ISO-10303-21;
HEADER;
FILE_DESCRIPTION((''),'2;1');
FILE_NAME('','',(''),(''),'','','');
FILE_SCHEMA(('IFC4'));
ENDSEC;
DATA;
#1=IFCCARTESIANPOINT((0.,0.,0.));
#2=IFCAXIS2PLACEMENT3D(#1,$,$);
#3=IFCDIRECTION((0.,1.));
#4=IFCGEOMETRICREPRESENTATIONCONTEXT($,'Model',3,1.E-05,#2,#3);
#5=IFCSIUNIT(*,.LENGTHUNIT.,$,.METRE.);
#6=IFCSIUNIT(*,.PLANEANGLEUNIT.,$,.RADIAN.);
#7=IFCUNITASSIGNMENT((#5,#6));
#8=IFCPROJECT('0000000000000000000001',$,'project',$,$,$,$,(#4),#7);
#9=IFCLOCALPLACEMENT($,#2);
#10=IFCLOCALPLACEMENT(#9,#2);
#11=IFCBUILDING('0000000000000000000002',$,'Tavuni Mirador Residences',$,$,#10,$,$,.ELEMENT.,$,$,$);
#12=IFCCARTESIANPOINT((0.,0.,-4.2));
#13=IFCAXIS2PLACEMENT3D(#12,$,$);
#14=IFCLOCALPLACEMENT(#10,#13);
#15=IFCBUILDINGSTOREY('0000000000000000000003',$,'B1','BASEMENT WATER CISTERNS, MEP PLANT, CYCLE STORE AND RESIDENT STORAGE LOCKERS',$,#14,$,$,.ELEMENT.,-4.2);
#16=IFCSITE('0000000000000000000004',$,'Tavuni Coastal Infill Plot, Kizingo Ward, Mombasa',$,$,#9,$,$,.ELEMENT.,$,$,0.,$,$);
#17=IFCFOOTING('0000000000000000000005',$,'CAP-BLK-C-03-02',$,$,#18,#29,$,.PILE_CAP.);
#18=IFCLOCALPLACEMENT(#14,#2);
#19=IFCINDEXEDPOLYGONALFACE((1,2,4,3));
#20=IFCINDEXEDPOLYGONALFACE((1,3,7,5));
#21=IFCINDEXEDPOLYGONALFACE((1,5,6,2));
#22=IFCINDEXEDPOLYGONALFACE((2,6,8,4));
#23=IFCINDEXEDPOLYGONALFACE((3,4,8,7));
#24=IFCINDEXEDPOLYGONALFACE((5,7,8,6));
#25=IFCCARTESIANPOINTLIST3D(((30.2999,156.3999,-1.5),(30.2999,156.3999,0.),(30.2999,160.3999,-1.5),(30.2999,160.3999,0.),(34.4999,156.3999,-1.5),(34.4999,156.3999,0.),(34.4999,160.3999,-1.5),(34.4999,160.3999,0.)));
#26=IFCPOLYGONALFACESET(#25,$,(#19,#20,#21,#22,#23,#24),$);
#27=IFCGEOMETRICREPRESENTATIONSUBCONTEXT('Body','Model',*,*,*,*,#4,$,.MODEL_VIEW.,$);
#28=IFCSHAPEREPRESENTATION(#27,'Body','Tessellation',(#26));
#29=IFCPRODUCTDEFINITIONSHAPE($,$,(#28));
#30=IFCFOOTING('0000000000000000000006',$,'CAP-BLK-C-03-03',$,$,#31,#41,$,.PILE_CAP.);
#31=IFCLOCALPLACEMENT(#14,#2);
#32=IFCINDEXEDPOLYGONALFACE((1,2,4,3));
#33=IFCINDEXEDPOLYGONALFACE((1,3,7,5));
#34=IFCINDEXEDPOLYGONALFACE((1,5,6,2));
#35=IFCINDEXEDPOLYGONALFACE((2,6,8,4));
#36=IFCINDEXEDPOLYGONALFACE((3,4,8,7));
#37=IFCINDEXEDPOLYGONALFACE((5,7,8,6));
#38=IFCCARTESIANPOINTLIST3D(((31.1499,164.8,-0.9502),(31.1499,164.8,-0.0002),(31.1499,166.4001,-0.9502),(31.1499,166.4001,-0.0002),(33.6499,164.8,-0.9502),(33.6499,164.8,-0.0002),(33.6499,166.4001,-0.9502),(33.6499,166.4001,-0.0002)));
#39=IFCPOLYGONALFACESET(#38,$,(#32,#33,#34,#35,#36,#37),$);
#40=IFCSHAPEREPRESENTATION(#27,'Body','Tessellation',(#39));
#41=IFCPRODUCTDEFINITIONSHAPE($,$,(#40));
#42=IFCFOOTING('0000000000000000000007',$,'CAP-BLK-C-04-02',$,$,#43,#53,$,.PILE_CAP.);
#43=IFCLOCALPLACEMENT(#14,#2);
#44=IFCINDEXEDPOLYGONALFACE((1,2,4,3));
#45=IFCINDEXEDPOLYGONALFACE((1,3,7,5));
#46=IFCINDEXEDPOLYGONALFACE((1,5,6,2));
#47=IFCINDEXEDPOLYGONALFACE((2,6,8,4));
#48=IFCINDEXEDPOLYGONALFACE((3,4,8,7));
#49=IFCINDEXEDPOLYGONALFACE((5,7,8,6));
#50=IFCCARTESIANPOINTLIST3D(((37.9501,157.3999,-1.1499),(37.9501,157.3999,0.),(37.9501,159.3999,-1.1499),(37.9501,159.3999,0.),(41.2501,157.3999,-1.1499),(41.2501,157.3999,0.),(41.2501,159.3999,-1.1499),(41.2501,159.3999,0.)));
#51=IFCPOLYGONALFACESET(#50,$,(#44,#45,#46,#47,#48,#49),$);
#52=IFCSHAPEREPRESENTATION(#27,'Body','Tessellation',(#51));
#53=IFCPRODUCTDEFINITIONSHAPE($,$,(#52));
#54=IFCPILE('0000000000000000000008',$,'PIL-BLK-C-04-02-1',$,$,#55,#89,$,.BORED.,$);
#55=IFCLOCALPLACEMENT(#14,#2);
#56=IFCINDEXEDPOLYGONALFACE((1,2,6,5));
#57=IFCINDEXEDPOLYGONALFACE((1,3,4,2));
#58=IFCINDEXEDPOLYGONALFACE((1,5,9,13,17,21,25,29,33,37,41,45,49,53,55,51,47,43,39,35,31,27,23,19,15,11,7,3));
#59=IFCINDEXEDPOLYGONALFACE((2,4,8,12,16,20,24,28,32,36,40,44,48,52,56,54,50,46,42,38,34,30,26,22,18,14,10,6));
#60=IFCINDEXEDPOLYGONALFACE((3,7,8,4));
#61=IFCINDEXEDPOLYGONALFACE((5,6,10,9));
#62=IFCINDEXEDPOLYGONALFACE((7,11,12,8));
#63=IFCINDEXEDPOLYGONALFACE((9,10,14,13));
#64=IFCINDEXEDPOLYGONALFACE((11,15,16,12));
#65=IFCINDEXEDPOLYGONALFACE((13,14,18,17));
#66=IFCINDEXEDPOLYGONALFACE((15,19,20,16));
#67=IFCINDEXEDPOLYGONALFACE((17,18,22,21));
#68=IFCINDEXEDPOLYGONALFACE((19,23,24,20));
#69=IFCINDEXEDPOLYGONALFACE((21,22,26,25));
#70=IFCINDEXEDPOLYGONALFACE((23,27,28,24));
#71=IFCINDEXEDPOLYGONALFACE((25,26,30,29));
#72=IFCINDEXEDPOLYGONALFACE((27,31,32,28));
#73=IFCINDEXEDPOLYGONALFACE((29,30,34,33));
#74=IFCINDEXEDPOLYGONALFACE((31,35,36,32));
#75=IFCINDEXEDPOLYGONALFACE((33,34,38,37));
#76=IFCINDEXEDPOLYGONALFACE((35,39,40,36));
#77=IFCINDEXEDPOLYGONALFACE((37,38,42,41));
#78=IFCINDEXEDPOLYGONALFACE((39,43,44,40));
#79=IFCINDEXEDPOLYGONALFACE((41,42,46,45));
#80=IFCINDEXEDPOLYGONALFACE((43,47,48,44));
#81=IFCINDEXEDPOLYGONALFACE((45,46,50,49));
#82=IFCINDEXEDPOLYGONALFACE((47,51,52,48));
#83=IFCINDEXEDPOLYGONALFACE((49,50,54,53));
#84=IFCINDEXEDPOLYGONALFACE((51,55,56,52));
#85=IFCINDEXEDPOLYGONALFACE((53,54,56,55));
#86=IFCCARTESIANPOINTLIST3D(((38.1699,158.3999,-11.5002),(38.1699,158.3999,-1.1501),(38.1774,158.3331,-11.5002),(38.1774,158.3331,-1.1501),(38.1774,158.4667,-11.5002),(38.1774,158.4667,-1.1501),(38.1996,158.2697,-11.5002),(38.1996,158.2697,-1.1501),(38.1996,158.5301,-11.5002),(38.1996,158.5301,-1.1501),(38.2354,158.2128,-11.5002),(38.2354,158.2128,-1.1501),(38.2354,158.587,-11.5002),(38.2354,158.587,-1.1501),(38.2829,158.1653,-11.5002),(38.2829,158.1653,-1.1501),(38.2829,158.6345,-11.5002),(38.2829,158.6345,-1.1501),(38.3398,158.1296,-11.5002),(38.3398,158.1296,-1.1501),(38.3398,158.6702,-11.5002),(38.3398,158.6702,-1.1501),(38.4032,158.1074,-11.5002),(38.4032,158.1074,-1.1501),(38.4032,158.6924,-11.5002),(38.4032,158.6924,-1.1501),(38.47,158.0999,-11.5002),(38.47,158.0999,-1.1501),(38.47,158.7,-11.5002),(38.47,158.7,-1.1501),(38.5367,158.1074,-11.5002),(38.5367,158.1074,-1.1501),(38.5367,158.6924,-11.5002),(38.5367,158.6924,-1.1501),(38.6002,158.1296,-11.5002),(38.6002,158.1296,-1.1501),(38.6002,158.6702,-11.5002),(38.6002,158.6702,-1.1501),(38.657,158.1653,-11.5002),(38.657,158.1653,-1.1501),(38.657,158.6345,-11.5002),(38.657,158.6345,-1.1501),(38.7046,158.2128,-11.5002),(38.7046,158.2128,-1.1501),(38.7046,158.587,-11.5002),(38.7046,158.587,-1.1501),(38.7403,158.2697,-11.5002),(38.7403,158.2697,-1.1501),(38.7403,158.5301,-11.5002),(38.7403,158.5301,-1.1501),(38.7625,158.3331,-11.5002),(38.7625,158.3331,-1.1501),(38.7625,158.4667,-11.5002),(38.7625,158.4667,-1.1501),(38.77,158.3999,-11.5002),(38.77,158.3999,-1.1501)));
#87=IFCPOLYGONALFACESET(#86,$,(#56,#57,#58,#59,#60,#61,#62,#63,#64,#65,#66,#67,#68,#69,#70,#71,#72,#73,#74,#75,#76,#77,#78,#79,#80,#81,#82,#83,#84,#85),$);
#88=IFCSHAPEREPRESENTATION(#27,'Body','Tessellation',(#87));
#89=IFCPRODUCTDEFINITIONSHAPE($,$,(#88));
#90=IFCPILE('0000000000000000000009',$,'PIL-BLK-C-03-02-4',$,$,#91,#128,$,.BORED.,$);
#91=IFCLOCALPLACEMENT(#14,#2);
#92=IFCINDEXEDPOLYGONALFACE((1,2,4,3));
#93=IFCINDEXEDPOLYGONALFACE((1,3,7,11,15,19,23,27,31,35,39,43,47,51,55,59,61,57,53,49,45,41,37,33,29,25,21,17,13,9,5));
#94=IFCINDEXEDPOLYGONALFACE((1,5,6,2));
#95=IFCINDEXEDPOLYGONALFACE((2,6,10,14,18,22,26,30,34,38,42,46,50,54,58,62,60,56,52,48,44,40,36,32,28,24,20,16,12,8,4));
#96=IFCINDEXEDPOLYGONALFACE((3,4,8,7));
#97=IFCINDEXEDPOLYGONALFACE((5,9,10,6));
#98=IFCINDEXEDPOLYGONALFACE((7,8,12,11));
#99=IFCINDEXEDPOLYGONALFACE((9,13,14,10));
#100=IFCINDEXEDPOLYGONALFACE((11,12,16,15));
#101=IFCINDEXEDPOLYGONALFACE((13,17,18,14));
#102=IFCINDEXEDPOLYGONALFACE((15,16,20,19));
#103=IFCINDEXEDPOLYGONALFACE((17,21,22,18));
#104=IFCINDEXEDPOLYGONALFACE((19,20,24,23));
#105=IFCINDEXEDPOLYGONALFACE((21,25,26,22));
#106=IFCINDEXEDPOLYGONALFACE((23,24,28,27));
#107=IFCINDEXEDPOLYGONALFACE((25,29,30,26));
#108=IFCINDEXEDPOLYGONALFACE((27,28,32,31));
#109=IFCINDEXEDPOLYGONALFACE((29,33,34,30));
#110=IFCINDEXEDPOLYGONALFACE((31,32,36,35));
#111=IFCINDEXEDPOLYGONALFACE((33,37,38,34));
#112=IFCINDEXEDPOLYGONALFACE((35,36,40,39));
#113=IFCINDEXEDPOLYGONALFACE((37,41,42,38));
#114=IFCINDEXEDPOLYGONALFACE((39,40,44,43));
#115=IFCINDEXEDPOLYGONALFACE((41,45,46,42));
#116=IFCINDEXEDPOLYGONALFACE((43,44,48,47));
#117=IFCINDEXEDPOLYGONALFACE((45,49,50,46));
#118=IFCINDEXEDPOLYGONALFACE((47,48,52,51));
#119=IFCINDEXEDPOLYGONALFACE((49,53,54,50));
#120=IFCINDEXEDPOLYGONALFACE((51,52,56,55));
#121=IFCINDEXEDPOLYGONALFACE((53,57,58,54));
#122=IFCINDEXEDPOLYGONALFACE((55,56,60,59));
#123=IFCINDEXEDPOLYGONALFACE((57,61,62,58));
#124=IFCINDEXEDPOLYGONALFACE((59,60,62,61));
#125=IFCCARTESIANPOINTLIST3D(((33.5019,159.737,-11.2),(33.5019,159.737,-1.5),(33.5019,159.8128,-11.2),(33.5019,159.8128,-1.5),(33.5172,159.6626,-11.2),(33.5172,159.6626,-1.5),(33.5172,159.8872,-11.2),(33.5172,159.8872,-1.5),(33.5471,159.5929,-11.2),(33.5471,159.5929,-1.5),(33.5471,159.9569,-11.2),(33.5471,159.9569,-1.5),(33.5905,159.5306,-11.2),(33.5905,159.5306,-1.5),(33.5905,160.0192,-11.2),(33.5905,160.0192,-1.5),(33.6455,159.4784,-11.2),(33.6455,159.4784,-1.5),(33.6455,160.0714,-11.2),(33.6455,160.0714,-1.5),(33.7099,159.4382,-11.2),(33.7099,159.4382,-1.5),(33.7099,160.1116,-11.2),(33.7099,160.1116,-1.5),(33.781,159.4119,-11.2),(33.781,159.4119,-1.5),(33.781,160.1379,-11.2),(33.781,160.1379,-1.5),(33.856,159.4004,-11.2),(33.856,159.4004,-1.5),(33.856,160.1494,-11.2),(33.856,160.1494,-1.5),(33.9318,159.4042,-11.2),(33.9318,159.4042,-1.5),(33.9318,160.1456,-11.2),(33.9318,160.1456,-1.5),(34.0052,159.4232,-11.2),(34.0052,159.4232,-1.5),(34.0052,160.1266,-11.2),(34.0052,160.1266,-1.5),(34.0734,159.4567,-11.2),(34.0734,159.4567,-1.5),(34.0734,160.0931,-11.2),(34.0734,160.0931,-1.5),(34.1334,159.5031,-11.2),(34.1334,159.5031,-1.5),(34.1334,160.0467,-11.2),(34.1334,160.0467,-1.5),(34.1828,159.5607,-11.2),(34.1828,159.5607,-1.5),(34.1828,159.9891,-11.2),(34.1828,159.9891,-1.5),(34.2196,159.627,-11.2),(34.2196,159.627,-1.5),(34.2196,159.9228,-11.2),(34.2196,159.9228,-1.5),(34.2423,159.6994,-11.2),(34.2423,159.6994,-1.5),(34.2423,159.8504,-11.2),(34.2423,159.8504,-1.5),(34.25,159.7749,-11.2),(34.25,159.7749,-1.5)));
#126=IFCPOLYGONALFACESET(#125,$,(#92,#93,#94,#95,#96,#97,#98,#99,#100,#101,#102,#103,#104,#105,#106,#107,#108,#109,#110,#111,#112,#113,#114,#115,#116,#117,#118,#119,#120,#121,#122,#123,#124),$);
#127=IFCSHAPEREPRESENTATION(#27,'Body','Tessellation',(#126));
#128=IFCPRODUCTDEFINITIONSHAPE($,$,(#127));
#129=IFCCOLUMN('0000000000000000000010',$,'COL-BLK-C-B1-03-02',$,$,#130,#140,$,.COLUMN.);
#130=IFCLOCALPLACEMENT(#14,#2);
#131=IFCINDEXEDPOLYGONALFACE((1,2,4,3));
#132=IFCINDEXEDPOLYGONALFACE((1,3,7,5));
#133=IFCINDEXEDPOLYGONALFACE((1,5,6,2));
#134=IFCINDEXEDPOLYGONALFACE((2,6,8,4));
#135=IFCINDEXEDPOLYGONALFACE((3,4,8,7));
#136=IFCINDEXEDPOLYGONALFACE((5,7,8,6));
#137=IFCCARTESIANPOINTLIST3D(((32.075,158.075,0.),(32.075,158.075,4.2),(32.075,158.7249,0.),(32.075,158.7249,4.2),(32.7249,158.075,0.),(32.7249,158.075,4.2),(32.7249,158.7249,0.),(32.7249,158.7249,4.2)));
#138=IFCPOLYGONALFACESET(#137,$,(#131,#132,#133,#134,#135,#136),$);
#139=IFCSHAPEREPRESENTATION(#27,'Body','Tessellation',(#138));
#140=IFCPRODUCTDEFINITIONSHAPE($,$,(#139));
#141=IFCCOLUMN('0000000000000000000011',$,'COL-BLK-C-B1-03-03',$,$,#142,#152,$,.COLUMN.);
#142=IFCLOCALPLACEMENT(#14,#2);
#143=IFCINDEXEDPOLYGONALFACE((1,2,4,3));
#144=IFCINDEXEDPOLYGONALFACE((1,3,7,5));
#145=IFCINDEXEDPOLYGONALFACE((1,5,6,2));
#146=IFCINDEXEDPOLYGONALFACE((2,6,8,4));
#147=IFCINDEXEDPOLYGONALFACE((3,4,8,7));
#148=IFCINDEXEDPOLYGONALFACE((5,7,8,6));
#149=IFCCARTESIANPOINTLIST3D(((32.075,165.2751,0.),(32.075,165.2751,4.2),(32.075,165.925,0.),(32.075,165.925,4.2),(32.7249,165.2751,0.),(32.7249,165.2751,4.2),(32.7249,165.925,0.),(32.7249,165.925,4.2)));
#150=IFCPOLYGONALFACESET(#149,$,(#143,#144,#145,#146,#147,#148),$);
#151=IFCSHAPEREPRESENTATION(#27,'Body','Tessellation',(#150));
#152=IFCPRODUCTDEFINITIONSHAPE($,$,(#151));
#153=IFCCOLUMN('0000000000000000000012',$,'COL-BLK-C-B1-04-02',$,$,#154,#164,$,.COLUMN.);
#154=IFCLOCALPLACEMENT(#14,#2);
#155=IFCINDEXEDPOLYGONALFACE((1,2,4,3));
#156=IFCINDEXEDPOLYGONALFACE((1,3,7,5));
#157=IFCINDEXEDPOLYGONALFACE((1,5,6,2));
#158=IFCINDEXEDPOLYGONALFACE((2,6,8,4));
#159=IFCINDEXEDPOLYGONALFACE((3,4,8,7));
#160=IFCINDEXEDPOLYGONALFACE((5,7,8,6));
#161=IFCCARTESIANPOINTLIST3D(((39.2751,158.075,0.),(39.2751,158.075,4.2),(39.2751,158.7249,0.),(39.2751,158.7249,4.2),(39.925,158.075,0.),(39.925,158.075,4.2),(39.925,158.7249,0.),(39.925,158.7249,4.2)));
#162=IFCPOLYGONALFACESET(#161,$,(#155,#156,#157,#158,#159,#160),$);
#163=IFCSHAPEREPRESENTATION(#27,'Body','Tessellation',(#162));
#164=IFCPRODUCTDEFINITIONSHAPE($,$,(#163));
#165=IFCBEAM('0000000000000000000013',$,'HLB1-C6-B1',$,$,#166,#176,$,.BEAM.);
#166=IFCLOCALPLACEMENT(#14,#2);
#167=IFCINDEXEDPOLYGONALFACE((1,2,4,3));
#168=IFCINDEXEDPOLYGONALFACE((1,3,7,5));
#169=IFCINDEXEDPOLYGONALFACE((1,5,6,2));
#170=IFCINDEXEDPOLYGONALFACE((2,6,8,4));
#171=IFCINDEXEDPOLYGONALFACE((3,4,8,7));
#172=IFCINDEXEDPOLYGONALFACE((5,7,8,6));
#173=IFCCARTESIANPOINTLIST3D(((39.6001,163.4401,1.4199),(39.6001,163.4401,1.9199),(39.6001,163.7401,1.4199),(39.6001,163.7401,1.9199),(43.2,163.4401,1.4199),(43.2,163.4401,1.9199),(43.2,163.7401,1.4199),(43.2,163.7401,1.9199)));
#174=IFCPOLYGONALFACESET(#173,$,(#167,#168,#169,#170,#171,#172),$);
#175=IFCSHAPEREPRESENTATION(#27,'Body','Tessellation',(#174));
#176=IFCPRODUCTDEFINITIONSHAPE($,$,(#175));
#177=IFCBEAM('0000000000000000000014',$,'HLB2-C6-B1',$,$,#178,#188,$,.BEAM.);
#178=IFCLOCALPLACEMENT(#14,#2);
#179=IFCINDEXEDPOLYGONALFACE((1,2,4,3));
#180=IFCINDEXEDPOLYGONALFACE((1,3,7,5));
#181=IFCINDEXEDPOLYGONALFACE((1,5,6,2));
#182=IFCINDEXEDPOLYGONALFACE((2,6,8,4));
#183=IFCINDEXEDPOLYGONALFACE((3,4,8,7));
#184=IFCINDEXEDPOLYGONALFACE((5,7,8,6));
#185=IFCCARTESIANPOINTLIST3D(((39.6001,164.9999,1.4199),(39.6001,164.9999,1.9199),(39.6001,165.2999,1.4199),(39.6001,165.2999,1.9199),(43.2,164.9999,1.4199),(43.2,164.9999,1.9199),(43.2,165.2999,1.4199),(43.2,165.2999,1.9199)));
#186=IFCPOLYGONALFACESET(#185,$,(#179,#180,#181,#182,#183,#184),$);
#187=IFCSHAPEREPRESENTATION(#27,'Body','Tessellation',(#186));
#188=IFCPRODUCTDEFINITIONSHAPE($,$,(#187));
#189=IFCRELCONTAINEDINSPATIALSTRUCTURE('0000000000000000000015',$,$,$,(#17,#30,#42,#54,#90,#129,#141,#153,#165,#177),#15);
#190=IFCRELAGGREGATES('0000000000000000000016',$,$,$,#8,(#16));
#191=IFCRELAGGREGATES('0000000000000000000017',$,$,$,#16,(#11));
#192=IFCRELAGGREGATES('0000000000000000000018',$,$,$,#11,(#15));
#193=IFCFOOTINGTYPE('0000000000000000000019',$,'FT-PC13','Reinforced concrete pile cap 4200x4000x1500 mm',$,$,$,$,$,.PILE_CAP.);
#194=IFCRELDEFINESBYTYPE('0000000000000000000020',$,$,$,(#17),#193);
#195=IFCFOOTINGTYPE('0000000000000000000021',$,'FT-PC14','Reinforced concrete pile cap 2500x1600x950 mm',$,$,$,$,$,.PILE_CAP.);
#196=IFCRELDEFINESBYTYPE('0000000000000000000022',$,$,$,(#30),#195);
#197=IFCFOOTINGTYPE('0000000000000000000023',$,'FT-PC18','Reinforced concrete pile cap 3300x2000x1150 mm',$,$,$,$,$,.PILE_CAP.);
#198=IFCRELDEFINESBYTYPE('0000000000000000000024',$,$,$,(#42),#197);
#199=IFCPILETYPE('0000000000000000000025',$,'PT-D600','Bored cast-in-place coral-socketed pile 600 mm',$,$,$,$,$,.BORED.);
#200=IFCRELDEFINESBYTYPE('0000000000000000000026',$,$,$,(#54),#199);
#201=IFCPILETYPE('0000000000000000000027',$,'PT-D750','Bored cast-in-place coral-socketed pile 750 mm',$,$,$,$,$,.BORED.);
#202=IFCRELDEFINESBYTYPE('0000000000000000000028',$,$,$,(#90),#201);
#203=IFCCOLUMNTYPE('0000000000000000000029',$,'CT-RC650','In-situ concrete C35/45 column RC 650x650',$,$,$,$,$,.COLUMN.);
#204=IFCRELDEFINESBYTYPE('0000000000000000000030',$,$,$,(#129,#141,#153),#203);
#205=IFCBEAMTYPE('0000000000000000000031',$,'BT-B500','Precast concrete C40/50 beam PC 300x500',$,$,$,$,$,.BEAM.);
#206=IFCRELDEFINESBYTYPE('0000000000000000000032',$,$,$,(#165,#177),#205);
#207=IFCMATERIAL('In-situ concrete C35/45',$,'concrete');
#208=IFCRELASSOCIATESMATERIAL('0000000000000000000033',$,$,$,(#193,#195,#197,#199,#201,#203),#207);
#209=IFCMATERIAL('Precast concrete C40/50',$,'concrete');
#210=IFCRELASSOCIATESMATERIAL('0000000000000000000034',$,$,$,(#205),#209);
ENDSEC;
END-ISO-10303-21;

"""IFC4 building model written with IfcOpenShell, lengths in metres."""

from ifc_helpers import new_model, si_unit, direction, frame, origin, origin_2d, place, context, subcontext, project, spatial, rectangle, circle, extrude, material, material_profile, profile_set, type_object, element, save


model = new_model("IFC4")

# Units and contexts
model_context = context("Model", 3, precision=1e-05, world=origin(), true_north=direction((0.0, 1.0)))
body_context = subcontext(model_context, "Body", "Model", "MODEL_VIEW")
ifc_project = project(units=[si_unit("LENGTHUNIT", "METRE"), si_unit("PLANEANGLEUNIT", "RADIAN")], contexts=[model_context])

# Site, building, storey
site_placement = place(None, origin())
site = spatial("IfcSite", under=ifc_project, at=site_placement, Name="Tavuni Coastal Infill Plot, Kizingo Ward, Mombasa", CompositionType="ELEMENT", RefElevation=0.0)
building_placement = place(site_placement, origin())
building = spatial("IfcBuilding", under=site, at=building_placement, Name="Tavuni Mirador Residences", CompositionType="ELEMENT")
storey_placement = place(building_placement, frame((0.0, 0.0, -4.2)))
storey = spatial("IfcBuildingStorey", under=building, at=storey_placement, Name="B1", Description="BASEMENT WATER CISTERNS, MEP PLANT, CYCLE STORE AND RESIDENT STORAGE LOCKERS", CompositionType="ELEMENT", Elevation=-4.2)

# Footings
ifc_material_1 = material(Name="In-situ concrete C35/45", Category="concrete")
footing_type_1 = type_object("IfcFootingType", Name="FT-PC13", Description="Reinforced concrete pile cap 4200x4000x1500 mm", PredefinedType="PILE_CAP", material=ifc_material_1)
footing_1_placement = place(storey_placement, frame((32.3999, 158.3999, -1.5), z_axis=(0.0, 0.0, 1.0), x_axis=(1.0, 0.0, 0.0)))
element("IfcFooting", 1, at=footing_1_placement, inside=storey, type_object=footing_type_1, Name="CAP-BLK-C-03-02", PredefinedType="PILE_CAP", context=body_context, shape_type="SweptSolid", body=[
    extrude(rectangle(XDim=4.2, YDim=4.0, at=origin_2d()), origin(), (0.0, 0.0, 1.0), 1.5),
])
footing_type_2 = type_object("IfcFootingType", Name="FT-PC14", Description="Reinforced concrete pile cap 2500x1600x950 mm", PredefinedType="PILE_CAP", material=ifc_material_1)
footing_2_placement = place(storey_placement, frame((32.3999, 165.6001, -0.9502), z_axis=(0.0, 0.0, 1.0), x_axis=(1.0, 0.0, 0.0)))
element("IfcFooting", 2, at=footing_2_placement, inside=storey, type_object=footing_type_2, Name="CAP-BLK-C-03-03", PredefinedType="PILE_CAP", context=body_context, shape_type="SweptSolid", body=[
    extrude(rectangle(XDim=2.5, YDim=1.6001, at=origin_2d()), origin(), (0.0, 0.0, 1.0), 0.95),
])
footing_type_3 = type_object("IfcFootingType", Name="FT-PC18", Description="Reinforced concrete pile cap 3300x2000x1150 mm", PredefinedType="PILE_CAP", material=ifc_material_1)
footing_3_placement = place(storey_placement, frame((39.6001, 158.3999, -1.1499), z_axis=(0.0, 0.0, 1.0), x_axis=(1.0, 0.0, 0.0)))
element("IfcFooting", 3, at=footing_3_placement, inside=storey, type_object=footing_type_3, Name="CAP-BLK-C-04-02", PredefinedType="PILE_CAP", context=body_context, shape_type="SweptSolid", body=[
    extrude(rectangle(XDim=3.3, YDim=2.0, at=origin_2d()), origin(), (0.0, 0.0, 1.0), 1.1499),
])

# Piles
ifc_material_profile_1 = material_profile(ifc_material_1, circle(Radius=0.3, at=origin_2d()), Name="PILE D600", Category="concrete")
ifc_profile_set_1 = profile_set([ifc_material_profile_1], Name="In-situ concrete C35/45")
pile_type_1 = type_object("IfcPileType", Name="PT-D600", Description="Bored cast-in-place coral-socketed pile 600 mm", PredefinedType="BORED", material=ifc_profile_set_1)
pile_1_placement = place(storey_placement, frame((38.47, 158.3999, -1.1501), z_axis=(0.0, 0.0, -1.0), x_axis=(1.0, 0.0, 0.0)))
element("IfcPile", 4, at=pile_1_placement, inside=storey, type_object=pile_type_1, Name="PIL-BLK-C-04-02-1", PredefinedType="BORED", context=body_context, shape_type="SweptSolid", body=[
    extrude(circle(Radius=0.3, at=origin_2d()), origin(), (0.0, 0.0, 1.0), 10.3501),
])
ifc_material_profile_2 = material_profile(ifc_material_1, circle(Radius=0.375, at=origin_2d()), Name="PILE D750", Category="concrete")
ifc_profile_set_2 = profile_set([ifc_material_profile_2], Name="In-situ concrete C35/45")
pile_type_2 = type_object("IfcPileType", Name="PT-D750", Description="Bored cast-in-place coral-socketed pile 750 mm", PredefinedType="BORED", material=ifc_profile_set_2)
pile_2_placement = place(storey_placement, frame((33.875, 159.7749, -1.5), z_axis=(0.0, 0.0, -1.0), x_axis=(1.0, 0.0, 0.0)))
element("IfcPile", 5, at=pile_2_placement, inside=storey, type_object=pile_type_2, Name="PIL-BLK-C-03-02-4", PredefinedType="BORED", context=body_context, shape_type="SweptSolid", body=[
    extrude(circle(Radius=0.375, at=origin_2d()), origin(), (0.0, 0.0, 1.0), 9.7),
])

# Columns
ifc_material_profile_3 = material_profile(ifc_material_1, rectangle(XDim=0.6499, YDim=0.6499, at=origin_2d()), Name="RC 650x650", Category="concrete")
ifc_profile_set_3 = profile_set([ifc_material_profile_3], Name="In-situ concrete C35/45")
column_type = type_object("IfcColumnType", Name="CT-RC650", Description="In-situ concrete C35/45 column RC 650x650", PredefinedType="COLUMN", material=ifc_profile_set_3)
for number, where, z_axis, x_axis, name in (
    (6, (32.3999, 158.3999, 0.0), (0.0, 0.0, 1.0), (1.0, 0.0, 0.0), "COL-BLK-C-B1-03-02"),
    (7, (32.3999, 165.6001, 0.0), (0.0, 0.0, 1.0), (1.0, 0.0, 0.0), "COL-BLK-C-B1-03-03"),
    (8, (39.6001, 158.3999, 0.0), (0.0, 0.0, 1.0), (1.0, 0.0, 0.0), "COL-BLK-C-B1-04-02"),
):
    element("IfcColumn", number, at=place(storey_placement, frame(where, z_axis=z_axis, x_axis=x_axis)), inside=storey, type_object=column_type, Name=name, PredefinedType="COLUMN", context=body_context, shape_type="SweptSolid", body=[
        extrude(rectangle(XDim=0.6499, YDim=0.6499, at=origin_2d()), origin(), (0.0, 0.0, 1.0), 4.2),
    ])

# Beams
ifc_material_2 = material(Name="Precast concrete C40/50", Category="concrete")
ifc_material_profile_4 = material_profile(ifc_material_2, rectangle(XDim=0.3, YDim=0.5, at=origin_2d()), Name="PC 300x500", Category="concrete")
ifc_profile_set_4 = profile_set([ifc_material_profile_4], Name="Precast concrete C40/50")
beam_type_1 = type_object("IfcBeamType", Name="BT-B500", Description="Precast concrete C40/50 beam PC 300x500", PredefinedType="BEAM", material=ifc_profile_set_4)
for number, where, z_axis, x_axis, name in (
    (9, (39.6001, 163.5901, 1.6699), (1.0, 0.0, 0.0), (0.0, 1.0, 0.0), "HLB1-C6-B1"),
    (10, (39.6001, 165.1499, 1.6699), (1.0, 0.0, 0.0), (0.0, 1.0, 0.0), "HLB2-C6-B1"),
):
    element("IfcBeam", number, at=place(storey_placement, frame(where, z_axis=z_axis, x_axis=x_axis)), inside=storey, type_object=beam_type_1, Name=name, PredefinedType="BEAM", context=body_context, shape_type="SweptSolid", body=[
        extrude(rectangle(XDim=0.3, YDim=0.5, at=origin_2d()), origin(), (0.0, 0.0, 1.0), 3.5999),
    ])

save(model, "model.ifc")
